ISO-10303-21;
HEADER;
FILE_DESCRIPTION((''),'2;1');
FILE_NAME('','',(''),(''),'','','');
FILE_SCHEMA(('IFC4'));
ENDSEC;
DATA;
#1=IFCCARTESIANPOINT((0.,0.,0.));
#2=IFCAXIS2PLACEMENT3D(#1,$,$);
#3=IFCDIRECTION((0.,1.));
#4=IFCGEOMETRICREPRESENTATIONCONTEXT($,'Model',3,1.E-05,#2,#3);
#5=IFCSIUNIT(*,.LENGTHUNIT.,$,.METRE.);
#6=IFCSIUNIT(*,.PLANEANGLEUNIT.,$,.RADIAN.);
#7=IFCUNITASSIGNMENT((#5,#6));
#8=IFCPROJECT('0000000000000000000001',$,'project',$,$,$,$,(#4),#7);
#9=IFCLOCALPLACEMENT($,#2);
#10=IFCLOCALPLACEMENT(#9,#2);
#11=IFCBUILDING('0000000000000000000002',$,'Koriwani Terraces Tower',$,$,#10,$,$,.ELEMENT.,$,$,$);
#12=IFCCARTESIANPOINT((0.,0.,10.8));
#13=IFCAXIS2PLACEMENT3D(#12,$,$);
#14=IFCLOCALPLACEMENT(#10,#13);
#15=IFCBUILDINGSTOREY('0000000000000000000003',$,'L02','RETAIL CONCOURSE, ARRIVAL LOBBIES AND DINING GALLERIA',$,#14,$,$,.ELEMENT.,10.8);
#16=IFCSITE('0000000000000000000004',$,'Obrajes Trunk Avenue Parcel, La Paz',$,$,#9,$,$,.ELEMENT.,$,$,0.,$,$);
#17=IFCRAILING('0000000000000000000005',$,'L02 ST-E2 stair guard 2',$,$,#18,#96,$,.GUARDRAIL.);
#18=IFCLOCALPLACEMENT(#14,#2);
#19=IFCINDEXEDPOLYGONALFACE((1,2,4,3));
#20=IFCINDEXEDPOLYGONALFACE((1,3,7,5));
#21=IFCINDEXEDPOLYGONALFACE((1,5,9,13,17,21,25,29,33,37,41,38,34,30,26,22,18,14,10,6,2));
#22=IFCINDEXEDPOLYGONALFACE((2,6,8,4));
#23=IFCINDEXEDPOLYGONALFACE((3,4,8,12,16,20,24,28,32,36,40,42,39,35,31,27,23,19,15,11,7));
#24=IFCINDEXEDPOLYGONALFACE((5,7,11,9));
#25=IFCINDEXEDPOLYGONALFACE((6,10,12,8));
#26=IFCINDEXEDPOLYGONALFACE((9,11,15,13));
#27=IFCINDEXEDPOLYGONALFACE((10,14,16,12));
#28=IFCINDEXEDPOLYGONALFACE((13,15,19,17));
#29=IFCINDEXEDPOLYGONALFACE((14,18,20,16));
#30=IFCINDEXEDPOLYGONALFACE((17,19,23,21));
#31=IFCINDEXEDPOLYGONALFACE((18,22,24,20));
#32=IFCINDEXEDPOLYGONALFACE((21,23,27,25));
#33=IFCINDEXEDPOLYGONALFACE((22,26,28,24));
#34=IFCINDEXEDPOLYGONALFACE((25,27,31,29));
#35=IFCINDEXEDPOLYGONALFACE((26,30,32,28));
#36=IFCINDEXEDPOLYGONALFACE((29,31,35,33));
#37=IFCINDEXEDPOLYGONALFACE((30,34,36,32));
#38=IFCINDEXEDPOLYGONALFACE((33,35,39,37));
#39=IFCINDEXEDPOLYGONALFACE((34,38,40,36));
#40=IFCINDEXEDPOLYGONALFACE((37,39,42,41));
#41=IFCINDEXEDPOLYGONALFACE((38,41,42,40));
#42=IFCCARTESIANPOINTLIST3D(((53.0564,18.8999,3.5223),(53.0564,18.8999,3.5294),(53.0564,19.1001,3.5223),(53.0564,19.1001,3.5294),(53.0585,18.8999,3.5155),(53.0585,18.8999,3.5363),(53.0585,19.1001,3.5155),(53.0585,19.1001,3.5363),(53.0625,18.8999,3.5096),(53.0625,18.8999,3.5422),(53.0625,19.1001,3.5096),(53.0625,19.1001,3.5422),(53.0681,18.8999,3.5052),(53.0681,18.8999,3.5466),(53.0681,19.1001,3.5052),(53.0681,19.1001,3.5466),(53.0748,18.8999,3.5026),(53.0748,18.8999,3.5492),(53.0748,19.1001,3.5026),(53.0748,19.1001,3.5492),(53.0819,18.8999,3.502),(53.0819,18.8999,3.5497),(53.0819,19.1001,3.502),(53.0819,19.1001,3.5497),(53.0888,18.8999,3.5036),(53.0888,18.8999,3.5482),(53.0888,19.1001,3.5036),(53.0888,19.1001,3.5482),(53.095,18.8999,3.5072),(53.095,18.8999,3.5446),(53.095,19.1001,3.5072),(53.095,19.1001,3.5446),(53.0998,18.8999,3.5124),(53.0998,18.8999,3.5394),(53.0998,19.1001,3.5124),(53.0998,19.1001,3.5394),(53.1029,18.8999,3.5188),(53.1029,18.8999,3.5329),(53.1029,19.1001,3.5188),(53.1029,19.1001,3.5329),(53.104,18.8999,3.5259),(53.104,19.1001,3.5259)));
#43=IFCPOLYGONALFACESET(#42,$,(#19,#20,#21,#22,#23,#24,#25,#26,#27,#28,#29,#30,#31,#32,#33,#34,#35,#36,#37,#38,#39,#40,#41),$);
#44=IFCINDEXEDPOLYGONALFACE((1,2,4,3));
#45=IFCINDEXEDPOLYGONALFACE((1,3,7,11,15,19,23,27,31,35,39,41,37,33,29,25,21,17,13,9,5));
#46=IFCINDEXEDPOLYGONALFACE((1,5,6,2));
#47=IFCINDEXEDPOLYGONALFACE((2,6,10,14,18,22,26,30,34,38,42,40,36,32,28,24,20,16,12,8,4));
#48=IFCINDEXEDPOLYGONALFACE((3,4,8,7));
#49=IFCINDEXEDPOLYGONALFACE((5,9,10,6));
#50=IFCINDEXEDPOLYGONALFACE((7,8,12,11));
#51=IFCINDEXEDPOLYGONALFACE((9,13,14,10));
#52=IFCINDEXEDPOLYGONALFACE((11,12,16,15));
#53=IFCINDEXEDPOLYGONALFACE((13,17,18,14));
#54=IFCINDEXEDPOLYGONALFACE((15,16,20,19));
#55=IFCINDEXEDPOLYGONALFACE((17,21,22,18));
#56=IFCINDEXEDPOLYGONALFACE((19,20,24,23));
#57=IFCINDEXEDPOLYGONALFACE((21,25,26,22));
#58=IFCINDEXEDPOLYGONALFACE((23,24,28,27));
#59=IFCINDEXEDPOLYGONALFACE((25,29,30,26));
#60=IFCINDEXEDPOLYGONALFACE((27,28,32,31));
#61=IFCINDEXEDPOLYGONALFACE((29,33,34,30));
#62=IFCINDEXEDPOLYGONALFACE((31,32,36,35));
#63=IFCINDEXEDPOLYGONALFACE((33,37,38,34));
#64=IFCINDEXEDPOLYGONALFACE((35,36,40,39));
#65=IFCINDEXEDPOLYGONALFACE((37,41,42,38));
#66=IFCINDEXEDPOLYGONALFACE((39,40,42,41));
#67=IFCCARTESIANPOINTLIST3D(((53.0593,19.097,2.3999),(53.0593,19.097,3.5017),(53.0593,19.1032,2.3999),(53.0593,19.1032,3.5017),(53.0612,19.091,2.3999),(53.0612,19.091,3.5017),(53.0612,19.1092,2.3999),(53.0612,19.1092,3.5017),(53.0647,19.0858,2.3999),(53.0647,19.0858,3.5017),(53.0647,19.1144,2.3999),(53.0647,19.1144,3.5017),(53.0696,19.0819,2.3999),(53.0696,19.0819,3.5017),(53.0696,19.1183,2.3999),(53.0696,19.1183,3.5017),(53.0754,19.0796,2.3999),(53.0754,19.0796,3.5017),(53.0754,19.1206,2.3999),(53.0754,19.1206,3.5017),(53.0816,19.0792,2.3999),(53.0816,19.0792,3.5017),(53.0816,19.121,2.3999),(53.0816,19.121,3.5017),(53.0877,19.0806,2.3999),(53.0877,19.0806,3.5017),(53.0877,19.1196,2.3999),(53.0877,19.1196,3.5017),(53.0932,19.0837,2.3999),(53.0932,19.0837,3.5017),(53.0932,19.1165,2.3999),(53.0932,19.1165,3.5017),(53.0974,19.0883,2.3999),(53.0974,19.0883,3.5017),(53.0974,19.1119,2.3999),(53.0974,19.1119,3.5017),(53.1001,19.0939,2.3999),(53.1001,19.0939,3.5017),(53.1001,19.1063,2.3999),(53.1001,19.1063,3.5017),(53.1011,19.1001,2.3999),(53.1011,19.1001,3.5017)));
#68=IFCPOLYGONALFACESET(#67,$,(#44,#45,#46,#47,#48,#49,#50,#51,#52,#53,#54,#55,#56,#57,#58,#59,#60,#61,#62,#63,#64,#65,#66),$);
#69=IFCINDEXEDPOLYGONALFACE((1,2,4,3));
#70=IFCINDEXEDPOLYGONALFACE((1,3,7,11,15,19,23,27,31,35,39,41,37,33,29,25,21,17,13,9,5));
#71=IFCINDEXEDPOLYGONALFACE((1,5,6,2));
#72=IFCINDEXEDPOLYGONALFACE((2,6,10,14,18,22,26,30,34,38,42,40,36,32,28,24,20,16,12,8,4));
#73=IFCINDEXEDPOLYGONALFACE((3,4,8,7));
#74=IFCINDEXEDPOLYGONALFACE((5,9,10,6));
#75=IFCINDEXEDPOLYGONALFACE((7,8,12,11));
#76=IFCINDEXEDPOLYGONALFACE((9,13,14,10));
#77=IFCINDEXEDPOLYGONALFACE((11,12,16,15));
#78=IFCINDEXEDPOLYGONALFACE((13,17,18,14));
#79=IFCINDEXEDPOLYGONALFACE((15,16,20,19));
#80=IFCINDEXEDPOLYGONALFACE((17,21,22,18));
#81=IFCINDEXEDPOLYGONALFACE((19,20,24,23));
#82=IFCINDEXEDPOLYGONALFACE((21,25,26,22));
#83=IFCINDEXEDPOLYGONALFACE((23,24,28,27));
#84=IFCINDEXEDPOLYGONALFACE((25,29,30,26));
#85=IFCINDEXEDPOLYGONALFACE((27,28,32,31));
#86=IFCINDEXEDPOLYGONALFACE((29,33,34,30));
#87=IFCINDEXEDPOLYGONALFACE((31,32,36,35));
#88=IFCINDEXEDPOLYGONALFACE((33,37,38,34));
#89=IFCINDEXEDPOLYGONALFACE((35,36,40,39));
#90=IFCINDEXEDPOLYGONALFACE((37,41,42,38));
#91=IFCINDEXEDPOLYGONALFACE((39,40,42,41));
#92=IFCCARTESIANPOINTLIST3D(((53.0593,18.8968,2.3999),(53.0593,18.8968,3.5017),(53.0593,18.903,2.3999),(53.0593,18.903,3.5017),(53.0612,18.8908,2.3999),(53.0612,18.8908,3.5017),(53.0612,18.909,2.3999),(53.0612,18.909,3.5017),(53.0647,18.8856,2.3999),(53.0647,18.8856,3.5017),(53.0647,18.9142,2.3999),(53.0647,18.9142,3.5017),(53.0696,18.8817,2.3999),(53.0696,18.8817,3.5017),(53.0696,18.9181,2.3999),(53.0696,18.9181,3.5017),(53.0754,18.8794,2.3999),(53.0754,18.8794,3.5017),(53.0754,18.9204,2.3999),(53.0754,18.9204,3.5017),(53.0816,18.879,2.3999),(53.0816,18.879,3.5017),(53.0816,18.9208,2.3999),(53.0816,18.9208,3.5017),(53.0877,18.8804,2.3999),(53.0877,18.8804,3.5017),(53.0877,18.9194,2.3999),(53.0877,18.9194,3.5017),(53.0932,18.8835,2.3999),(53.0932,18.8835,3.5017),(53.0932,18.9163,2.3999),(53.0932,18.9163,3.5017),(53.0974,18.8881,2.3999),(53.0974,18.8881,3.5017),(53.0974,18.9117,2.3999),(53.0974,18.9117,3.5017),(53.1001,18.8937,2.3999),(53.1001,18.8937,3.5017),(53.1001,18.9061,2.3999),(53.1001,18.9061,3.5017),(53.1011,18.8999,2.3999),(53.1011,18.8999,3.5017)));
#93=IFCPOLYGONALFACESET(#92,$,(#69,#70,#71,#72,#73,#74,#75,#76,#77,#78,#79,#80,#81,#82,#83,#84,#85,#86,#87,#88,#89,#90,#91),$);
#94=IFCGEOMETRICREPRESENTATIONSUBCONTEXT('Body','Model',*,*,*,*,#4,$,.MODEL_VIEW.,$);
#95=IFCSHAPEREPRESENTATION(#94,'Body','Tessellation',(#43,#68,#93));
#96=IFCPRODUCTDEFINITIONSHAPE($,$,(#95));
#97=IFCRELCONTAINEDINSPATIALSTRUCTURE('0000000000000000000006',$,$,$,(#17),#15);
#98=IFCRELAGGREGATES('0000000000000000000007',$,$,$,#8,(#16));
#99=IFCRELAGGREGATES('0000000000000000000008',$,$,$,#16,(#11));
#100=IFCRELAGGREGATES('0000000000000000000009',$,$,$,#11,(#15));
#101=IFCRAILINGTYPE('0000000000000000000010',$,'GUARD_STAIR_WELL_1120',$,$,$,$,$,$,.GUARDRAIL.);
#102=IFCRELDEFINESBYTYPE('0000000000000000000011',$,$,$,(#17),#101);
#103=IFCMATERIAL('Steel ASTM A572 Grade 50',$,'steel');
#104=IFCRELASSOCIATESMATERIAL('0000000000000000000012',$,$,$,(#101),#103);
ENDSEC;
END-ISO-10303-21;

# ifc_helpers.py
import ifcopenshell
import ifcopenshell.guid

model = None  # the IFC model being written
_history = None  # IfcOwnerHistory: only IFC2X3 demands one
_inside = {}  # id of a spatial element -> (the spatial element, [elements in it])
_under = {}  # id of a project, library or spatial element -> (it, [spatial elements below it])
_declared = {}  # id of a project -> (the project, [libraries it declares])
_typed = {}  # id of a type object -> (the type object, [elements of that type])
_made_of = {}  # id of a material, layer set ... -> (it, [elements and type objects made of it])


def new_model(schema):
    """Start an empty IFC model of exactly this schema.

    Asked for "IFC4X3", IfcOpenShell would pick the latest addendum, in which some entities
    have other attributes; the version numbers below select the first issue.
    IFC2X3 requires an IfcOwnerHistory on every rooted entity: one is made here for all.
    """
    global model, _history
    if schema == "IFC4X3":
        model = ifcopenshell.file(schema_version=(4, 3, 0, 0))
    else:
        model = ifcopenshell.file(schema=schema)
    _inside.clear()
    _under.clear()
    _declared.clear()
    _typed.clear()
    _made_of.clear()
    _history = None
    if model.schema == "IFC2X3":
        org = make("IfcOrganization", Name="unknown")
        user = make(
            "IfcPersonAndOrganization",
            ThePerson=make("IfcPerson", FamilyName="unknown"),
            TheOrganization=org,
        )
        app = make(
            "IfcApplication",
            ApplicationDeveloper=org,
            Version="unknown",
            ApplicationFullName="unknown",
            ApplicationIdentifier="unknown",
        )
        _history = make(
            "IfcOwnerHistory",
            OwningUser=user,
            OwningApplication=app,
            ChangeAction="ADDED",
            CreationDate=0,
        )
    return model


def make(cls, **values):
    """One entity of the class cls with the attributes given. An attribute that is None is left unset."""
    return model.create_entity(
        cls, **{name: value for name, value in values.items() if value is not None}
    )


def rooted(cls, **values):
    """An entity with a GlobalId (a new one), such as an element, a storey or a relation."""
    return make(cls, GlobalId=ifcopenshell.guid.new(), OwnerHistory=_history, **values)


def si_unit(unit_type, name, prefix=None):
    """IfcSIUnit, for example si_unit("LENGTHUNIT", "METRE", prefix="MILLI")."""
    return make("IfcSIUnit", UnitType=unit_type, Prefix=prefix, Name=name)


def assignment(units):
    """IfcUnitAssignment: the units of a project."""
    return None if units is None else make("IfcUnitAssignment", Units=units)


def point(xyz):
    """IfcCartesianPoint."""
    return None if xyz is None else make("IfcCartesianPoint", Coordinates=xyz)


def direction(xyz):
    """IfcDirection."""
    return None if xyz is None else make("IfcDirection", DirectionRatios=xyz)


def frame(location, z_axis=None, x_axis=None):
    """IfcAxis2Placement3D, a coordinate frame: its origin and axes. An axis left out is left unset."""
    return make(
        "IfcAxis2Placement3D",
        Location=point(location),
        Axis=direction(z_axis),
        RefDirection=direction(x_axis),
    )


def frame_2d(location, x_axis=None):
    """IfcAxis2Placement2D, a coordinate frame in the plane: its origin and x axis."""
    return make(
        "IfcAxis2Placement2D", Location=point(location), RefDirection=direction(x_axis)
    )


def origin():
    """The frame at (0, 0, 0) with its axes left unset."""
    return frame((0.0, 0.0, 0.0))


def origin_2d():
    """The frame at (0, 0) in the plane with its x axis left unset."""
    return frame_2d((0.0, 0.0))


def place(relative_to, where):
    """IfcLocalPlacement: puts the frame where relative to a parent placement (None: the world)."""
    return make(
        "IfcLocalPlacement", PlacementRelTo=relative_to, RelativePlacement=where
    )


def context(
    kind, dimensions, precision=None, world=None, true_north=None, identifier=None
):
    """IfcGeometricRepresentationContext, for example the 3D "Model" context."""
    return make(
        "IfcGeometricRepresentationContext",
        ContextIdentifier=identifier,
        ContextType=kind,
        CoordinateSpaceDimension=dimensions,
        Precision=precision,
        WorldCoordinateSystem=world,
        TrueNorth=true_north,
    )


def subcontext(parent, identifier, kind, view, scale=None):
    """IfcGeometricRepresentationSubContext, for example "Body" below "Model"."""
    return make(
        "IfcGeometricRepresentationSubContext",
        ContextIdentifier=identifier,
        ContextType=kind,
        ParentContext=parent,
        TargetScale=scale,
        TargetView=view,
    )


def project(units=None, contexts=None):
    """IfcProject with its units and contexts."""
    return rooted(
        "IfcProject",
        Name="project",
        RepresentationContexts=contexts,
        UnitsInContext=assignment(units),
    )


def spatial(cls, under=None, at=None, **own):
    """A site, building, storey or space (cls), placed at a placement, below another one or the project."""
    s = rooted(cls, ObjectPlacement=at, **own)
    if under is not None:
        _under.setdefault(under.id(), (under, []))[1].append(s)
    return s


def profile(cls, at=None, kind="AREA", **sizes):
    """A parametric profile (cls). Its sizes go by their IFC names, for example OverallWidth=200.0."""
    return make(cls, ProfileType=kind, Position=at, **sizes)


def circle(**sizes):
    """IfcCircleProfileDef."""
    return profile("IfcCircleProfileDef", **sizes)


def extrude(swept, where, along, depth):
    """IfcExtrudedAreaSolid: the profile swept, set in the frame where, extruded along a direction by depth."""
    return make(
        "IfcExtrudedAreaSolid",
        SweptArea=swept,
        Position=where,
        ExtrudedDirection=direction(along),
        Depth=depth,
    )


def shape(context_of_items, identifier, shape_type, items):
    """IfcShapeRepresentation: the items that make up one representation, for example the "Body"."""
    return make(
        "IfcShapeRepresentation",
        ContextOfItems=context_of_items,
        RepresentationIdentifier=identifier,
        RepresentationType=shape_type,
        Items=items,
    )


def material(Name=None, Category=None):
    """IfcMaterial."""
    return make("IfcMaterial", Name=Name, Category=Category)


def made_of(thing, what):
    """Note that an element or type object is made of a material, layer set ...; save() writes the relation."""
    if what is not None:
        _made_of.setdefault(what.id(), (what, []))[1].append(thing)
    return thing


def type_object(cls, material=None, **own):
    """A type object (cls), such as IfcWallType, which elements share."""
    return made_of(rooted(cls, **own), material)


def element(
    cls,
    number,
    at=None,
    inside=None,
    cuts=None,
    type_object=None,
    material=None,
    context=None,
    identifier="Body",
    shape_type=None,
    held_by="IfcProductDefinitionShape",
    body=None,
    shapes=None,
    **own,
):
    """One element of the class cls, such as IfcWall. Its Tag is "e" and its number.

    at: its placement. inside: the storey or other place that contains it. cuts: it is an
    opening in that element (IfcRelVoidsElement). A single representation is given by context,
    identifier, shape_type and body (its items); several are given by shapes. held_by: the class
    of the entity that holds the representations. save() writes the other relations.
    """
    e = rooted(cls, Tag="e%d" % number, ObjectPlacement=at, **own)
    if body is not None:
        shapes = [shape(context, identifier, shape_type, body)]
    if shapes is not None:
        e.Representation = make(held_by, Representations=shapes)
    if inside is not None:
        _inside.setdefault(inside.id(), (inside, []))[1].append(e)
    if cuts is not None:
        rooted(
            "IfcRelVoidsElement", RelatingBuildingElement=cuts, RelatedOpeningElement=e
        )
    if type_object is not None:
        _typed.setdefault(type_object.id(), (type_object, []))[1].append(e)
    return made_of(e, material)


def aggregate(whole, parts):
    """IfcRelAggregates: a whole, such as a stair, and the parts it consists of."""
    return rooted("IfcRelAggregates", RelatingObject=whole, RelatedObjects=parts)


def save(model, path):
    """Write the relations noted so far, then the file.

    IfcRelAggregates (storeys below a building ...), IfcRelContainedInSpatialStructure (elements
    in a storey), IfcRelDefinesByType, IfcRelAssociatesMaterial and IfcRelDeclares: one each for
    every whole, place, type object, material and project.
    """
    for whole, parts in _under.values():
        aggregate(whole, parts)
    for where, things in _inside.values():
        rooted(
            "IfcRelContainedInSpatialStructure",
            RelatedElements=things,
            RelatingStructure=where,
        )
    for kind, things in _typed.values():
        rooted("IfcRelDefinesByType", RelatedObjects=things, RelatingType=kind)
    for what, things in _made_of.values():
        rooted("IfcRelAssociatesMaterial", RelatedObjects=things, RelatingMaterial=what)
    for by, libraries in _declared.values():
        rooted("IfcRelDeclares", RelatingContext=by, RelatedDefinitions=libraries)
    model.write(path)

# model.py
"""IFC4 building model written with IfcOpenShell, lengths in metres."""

from ifc_helpers import new_model, si_unit, direction, frame, origin, origin_2d, place, context, subcontext, project, spatial, circle, extrude, material, type_object, element, save


model = new_model("IFC4")

# Units and contexts
model_context = context("Model", 3, precision=1e-05, world=origin(), true_north=direction((0.0, 1.0)))
body_context = subcontext(model_context, "Body", "Model", "MODEL_VIEW")
ifc_project = project(units=[si_unit("LENGTHUNIT", "METRE"), si_unit("PLANEANGLEUNIT", "RADIAN")], contexts=[model_context])

# Site, building, storey
site_placement = place(None, origin())
site = spatial("IfcSite", under=ifc_project, at=site_placement, Name="Obrajes Trunk Avenue Parcel, La Paz", CompositionType="ELEMENT", RefElevation=0.0)
building_placement = place(site_placement, origin())
building = spatial("IfcBuilding", under=site, at=building_placement, Name="Koriwani Terraces Tower", CompositionType="ELEMENT")
storey_placement = place(building_placement, frame((0.0, 0.0, 10.8)))
storey = spatial("IfcBuildingStorey", under=building, at=storey_placement, Name="L02", Description="RETAIL CONCOURSE, ARRIVAL LOBBIES AND DINING GALLERIA", CompositionType="ELEMENT", Elevation=10.8)

# Shared definitions
ifc_material_1 = material(Name="Steel ASTM A572 Grade 50", Category="steel")

# Railing
railing_type_1 = type_object("IfcRailingType", Name="GUARD_STAIR_WELL_1120", PredefinedType="GUARDRAIL", material=ifc_material_1)
railing_1_placement = place(storey_placement, frame((53.0801, 19.1001, 2.3999)))
element("IfcRailing", 1, at=railing_1_placement, inside=storey, type_object=railing_type_1, Name="L02 ST-E2 stair guard 2", PredefinedType="GUARDRAIL", context=body_context, shape_type="SweptSolid", body=[
    extrude(circle(Radius=0.0239, at=origin_2d()), frame((0.0, 0.0, 1.126), z_axis=(0.0, -1.0, 0.0), x_axis=(1.0, 0.0, 0.0)), (0.0, 0.0, 1.0), 0.2002),
    extrude(circle(Radius=0.021, at=origin_2d()), origin(), (0.0, 0.0, 1.0), 1.1018),
    extrude(circle(Radius=0.021, at=origin_2d()), frame((0.0, -0.2002, 0.0)), (0.0, 0.0, 1.0), 1.1018),
])

save(model, "model.ifc")
